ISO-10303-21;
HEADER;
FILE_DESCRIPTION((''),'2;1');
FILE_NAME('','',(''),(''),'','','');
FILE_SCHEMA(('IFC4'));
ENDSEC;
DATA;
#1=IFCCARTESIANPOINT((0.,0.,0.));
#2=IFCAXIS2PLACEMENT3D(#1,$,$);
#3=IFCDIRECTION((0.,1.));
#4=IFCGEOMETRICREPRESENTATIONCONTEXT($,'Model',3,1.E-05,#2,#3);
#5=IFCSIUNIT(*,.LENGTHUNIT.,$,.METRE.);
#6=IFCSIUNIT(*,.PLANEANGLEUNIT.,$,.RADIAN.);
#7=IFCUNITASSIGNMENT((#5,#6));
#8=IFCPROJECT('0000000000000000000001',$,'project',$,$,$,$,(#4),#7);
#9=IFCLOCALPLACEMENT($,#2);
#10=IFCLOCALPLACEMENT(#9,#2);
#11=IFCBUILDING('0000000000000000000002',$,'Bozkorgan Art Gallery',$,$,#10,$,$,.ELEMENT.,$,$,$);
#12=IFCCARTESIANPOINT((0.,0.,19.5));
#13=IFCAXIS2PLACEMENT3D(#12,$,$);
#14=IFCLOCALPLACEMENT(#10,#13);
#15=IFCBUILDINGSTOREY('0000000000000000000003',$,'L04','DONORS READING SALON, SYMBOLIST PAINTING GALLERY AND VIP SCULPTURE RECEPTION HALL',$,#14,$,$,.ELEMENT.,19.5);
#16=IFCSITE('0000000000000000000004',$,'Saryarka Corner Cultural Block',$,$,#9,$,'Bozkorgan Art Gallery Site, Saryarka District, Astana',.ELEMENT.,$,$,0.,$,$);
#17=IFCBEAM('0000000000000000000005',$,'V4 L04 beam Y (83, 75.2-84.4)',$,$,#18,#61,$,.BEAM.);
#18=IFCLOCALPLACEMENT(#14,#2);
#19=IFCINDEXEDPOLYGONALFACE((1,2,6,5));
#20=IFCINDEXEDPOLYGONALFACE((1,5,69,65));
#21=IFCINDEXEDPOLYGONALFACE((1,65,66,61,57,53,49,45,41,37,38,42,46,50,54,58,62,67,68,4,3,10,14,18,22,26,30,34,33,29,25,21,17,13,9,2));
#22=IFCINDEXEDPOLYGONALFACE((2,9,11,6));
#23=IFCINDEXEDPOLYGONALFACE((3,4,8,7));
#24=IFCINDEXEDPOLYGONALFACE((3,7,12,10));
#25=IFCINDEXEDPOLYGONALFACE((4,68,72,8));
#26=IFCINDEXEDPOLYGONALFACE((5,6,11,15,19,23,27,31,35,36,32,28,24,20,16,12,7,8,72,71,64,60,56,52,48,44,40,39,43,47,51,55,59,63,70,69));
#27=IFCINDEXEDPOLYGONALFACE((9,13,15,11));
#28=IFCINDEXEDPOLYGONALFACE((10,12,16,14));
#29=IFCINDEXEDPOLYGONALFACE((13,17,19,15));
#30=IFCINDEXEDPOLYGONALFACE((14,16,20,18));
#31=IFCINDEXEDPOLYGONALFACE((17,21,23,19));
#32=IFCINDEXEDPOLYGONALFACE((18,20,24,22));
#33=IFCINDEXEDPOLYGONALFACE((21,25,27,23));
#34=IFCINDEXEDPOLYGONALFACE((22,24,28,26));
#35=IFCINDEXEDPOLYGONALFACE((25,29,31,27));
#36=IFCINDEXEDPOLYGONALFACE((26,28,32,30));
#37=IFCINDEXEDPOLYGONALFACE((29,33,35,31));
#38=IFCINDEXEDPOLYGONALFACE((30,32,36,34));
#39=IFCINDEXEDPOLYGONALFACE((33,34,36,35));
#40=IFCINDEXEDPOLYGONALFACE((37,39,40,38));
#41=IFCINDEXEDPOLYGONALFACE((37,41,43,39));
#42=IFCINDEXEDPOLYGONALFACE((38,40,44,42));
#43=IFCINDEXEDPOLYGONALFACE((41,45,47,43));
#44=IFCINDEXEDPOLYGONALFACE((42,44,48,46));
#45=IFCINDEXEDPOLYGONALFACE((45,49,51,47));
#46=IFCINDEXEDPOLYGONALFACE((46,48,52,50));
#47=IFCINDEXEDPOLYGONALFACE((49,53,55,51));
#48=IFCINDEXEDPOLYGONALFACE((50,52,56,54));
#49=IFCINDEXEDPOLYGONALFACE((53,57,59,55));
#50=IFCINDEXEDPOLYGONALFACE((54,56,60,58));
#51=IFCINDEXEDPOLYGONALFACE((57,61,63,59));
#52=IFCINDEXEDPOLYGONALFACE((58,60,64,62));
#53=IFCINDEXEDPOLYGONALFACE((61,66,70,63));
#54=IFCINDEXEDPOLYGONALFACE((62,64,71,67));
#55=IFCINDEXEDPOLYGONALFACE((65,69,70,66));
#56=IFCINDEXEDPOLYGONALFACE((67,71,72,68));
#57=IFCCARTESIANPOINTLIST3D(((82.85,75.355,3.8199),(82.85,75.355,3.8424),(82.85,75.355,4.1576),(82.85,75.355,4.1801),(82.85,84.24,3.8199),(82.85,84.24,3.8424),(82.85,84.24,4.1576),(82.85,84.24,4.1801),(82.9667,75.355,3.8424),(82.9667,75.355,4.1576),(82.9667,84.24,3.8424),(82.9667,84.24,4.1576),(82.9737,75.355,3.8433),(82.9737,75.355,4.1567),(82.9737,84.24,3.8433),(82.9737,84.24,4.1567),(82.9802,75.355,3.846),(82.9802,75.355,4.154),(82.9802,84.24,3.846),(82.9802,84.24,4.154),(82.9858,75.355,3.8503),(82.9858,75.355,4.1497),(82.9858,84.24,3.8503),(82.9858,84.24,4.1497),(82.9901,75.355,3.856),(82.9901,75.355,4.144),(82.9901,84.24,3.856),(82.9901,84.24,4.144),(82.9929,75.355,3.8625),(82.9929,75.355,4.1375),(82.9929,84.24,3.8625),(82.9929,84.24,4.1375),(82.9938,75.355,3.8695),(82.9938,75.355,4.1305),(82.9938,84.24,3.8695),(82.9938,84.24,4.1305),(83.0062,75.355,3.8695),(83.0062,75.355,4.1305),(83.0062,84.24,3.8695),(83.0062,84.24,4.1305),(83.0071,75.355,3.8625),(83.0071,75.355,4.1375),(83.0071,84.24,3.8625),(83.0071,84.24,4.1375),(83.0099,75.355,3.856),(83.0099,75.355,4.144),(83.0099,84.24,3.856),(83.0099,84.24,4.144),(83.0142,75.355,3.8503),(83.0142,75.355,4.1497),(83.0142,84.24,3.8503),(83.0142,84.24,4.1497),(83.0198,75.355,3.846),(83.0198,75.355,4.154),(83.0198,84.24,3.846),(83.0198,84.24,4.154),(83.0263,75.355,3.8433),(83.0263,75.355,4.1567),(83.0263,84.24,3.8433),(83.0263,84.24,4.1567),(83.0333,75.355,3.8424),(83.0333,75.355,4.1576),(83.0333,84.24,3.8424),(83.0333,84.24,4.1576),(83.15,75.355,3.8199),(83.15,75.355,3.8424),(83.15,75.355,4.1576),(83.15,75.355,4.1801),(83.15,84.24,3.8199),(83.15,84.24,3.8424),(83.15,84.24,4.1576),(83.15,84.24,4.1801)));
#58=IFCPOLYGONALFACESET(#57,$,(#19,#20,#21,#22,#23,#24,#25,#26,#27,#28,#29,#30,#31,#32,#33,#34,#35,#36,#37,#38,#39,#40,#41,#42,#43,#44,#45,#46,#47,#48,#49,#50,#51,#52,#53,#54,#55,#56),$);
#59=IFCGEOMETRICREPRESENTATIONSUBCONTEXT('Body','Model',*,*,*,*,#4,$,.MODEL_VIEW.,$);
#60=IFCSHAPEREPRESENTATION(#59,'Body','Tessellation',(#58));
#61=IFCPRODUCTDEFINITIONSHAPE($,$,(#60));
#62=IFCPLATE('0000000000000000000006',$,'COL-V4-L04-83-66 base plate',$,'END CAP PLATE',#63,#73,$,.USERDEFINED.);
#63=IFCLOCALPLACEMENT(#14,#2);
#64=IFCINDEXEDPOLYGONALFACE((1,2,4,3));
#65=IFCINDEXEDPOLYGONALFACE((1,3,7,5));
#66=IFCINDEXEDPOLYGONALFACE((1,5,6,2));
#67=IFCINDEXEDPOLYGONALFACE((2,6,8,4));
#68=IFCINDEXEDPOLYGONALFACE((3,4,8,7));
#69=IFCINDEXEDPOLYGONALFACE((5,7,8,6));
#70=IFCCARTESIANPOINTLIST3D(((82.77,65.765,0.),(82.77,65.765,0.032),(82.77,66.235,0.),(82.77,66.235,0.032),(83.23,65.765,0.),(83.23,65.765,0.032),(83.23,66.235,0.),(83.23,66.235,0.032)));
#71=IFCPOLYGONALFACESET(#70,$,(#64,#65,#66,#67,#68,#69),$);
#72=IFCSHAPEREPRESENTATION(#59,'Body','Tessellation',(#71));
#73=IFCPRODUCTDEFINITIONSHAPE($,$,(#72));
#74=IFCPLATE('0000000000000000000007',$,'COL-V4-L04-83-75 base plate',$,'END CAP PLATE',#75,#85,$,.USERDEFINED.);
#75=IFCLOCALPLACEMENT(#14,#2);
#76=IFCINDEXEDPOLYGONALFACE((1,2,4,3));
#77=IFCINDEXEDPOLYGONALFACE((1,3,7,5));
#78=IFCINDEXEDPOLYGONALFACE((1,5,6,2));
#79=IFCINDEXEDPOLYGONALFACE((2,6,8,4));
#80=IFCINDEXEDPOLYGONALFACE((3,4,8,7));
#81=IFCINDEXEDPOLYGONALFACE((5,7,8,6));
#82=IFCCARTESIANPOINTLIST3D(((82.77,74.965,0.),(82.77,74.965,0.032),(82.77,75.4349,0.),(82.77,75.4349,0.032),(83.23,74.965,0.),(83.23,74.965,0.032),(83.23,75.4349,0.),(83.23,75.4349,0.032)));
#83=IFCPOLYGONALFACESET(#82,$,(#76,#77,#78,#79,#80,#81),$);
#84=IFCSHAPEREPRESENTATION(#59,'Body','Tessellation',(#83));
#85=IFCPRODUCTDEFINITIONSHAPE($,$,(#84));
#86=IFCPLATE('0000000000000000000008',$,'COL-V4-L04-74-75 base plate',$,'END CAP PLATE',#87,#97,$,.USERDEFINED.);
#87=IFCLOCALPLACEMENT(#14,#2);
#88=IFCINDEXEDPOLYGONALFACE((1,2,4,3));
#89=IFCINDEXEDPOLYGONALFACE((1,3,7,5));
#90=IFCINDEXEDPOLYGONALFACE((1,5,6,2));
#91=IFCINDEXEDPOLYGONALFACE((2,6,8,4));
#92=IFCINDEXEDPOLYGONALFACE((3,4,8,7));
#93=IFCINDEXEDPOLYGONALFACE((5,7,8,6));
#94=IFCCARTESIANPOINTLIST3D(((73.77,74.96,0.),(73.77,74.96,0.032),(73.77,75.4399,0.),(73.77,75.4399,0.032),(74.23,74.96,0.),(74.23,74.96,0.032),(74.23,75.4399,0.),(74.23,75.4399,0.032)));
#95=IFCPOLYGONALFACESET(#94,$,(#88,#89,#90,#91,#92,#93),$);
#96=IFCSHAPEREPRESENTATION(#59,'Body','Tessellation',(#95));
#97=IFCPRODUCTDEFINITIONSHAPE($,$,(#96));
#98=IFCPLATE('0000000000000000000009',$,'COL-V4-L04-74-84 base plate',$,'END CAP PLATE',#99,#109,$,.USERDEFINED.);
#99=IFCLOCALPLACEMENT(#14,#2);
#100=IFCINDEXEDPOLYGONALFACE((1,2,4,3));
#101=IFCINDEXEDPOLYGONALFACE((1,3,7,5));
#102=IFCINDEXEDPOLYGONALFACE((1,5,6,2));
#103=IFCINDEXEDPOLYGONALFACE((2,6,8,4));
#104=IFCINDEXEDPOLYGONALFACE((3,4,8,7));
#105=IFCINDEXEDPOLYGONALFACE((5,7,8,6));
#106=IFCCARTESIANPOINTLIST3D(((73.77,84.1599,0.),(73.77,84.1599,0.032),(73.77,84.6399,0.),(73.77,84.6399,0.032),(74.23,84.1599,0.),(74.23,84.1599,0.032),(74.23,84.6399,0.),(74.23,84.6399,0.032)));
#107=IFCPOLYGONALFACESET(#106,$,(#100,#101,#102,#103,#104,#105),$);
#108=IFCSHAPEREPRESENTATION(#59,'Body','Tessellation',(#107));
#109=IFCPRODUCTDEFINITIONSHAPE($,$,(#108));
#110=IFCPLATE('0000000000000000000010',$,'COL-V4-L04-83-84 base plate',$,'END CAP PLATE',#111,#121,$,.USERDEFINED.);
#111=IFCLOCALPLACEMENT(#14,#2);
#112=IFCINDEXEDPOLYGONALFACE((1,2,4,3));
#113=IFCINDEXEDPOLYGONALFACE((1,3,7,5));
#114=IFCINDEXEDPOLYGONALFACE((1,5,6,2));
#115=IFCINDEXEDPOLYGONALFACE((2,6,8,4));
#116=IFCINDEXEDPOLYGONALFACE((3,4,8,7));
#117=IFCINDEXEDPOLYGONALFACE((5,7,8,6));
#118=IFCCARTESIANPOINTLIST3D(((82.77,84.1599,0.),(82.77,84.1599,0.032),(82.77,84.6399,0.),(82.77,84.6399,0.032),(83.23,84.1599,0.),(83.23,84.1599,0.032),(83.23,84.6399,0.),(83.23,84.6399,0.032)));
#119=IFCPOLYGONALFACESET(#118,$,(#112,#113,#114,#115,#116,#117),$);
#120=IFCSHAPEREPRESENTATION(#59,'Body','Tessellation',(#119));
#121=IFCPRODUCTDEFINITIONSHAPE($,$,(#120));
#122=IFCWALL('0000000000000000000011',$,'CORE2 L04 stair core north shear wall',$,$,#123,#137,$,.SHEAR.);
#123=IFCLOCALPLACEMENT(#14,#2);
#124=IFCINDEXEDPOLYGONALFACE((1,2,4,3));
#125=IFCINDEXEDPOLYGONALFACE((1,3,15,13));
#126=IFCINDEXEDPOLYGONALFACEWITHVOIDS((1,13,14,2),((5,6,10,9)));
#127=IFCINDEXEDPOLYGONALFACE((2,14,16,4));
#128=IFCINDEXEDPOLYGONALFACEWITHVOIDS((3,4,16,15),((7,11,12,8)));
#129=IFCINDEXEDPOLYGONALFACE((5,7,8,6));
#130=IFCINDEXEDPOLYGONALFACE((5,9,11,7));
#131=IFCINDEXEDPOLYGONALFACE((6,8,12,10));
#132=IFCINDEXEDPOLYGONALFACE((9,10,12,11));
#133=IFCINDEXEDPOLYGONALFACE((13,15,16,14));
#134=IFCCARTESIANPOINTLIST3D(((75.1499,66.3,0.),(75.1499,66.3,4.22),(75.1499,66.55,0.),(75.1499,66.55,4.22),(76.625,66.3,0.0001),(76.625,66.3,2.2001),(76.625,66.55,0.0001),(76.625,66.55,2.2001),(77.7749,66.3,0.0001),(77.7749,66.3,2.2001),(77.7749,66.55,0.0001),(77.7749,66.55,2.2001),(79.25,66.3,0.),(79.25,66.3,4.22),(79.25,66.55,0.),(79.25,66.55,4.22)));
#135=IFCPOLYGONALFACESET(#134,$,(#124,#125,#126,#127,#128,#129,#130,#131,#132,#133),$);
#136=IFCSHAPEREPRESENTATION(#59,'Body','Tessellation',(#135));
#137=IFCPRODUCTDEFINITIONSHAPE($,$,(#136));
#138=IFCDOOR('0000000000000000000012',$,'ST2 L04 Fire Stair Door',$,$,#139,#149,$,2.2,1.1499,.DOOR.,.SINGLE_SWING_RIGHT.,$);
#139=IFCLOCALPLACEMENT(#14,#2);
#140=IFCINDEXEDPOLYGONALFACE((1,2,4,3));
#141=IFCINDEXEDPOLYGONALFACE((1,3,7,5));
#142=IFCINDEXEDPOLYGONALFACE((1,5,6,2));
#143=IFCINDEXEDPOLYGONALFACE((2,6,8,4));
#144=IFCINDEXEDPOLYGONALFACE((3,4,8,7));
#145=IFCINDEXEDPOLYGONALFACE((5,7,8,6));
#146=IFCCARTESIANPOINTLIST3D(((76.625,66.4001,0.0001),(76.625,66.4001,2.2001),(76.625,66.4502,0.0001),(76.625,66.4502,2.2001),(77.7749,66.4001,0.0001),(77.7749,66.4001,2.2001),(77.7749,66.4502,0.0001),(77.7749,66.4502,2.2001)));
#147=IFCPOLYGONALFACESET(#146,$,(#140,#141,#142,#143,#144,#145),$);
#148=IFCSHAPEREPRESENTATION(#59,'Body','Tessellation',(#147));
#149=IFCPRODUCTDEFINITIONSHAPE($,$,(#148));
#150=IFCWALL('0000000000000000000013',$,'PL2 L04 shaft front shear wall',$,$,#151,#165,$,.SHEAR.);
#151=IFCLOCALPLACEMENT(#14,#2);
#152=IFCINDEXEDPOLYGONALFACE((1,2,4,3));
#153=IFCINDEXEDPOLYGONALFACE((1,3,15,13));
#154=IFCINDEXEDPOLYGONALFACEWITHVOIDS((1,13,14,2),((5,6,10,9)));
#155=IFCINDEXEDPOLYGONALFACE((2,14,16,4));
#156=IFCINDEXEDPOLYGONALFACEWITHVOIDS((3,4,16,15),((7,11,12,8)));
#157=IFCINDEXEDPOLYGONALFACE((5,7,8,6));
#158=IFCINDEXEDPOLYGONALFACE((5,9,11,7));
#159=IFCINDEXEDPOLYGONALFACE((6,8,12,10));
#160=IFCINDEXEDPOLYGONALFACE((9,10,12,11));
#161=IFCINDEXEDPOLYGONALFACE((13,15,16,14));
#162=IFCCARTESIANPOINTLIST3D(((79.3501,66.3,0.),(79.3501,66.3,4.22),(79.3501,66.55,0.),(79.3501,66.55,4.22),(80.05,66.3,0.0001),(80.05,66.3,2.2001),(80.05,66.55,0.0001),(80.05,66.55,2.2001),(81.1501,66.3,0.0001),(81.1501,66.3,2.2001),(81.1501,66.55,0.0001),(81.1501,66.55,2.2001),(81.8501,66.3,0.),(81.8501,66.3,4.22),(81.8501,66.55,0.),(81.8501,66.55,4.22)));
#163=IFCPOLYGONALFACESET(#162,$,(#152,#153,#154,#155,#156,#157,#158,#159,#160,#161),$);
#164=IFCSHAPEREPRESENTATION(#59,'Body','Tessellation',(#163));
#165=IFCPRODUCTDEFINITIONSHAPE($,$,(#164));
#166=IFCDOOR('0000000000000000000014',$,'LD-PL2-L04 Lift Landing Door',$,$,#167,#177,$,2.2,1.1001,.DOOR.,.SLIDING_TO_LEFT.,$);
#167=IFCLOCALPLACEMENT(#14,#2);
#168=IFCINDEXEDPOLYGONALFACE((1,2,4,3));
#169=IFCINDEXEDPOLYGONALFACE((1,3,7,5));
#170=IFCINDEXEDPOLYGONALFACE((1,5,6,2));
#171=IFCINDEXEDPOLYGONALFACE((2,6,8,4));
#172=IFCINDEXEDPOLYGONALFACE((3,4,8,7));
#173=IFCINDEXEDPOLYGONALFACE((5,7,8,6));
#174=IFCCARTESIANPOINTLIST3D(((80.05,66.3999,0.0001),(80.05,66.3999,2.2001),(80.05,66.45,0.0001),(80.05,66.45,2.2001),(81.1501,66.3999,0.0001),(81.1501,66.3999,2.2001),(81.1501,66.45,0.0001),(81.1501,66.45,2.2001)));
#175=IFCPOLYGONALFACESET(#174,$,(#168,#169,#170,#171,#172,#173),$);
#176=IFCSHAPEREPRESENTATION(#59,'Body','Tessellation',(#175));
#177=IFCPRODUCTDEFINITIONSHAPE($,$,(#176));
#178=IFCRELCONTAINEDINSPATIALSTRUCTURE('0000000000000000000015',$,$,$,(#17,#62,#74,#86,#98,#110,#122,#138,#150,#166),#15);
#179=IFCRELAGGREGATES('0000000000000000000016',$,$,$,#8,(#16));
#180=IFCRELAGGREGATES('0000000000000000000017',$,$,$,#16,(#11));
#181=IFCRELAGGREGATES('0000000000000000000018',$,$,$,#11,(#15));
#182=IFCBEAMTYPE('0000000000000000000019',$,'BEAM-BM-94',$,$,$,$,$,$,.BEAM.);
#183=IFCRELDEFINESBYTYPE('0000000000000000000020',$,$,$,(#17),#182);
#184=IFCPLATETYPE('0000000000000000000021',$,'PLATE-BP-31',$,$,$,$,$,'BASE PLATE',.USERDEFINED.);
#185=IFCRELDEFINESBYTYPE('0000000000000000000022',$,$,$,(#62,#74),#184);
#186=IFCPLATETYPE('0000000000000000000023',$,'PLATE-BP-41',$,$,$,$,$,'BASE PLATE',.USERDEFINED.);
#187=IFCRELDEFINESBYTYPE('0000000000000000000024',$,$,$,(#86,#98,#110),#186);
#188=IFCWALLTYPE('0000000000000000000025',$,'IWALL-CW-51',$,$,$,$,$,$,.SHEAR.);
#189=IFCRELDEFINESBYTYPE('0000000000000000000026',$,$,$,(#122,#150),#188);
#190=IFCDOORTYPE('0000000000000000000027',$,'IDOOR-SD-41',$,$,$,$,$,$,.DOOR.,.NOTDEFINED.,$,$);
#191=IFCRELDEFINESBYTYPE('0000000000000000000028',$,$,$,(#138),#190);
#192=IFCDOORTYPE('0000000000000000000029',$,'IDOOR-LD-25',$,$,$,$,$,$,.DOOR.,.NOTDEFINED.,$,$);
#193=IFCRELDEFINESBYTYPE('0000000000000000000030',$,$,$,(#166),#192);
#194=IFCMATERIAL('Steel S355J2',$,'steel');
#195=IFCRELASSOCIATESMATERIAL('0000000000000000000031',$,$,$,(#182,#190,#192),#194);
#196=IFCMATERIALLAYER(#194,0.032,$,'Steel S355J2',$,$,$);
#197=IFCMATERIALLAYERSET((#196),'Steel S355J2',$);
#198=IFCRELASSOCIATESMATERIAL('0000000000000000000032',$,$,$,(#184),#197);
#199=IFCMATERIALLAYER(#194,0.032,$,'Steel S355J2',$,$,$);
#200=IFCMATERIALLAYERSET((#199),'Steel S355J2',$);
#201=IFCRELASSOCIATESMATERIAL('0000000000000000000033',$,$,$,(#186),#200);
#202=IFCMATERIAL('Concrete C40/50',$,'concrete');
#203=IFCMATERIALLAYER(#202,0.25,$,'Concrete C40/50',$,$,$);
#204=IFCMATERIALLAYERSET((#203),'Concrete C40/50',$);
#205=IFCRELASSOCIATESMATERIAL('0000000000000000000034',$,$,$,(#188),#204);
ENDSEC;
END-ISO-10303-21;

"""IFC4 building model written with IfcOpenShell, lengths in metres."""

from ifc_helpers import new_model, si_unit, direction, frame, frame_2d, origin, origin_2d, place, context, subcontext, project, spatial, rectangle, i_section, extrude, material, layer, layer_set, material_profile, profile_set, type_object, element, fill, save


model = new_model("IFC4")

# Units and contexts
model_context = context("Model", 3, precision=1e-05, world=origin(), true_north=direction((0.0, 1.0)))
body_context = subcontext(model_context, "Body", "Model", "MODEL_VIEW")
ifc_project = project(units=[si_unit("LENGTHUNIT", "METRE"), si_unit("PLANEANGLEUNIT", "RADIAN")], contexts=[model_context])

# Site, building, storey
site_placement = place(None, origin())
site = spatial("IfcSite", under=ifc_project, at=site_placement, Name="Saryarka Corner Cultural Block", LongName="Bozkorgan Art Gallery Site, Saryarka District, Astana", CompositionType="ELEMENT", RefElevation=0.0)
building_placement = place(site_placement, origin())
building = spatial("IfcBuilding", under=site, at=building_placement, Name="Bozkorgan Art Gallery", CompositionType="ELEMENT")
storey_placement = place(building_placement, frame((0.0, 0.0, 19.5)))
storey = spatial("IfcBuildingStorey", under=building, at=storey_placement, Name="L04", Description="DONORS READING SALON, SYMBOLIST PAINTING GALLERY AND VIP SCULPTURE RECEPTION HALL", CompositionType="ELEMENT", Elevation=19.5)

# Shared definitions
ifc_material_1 = material(Name="Steel S355J2", Category="steel")

# Beam
ifc_material_profile_1 = material_profile(ifc_material_1, i_section(OverallWidth=0.3, OverallDepth=0.3601, WebThickness=0.0125, FlangeThickness=0.0225, FilletRadius=0.0271, at=origin_2d()), Name="HEB 360")
ifc_profile_set_1 = profile_set([ifc_material_profile_1], Name="Steel S355J2")
beam_type = type_object("IfcBeamType", Name="BEAM-BM-94", PredefinedType="BEAM", material=ifc_profile_set_1)
beam_1_placement = place(storey_placement, frame((83.0, 75.355, 4.0), z_axis=(0.0, 1.0, 0.0), x_axis=(-1.0, 0.0, 0.0)))
element("IfcBeam", 1, at=beam_1_placement, inside=storey, type_object=beam_type, Name="V4 L04 beam Y (83, 75.2-84.4)", PredefinedType="BEAM", context=body_context, shape_type="SweptSolid", body=[
    extrude(i_section(OverallWidth=0.3, OverallDepth=0.3601, WebThickness=0.0125, FlangeThickness=0.0225, FilletRadius=0.0271, at=origin_2d()), origin(), (0.0, 0.0, 1.0), 8.885),
])

# Plates
ifc_layer_1 = layer(ifc_material_1, 0.032, Name="Steel S355J2")
ifc_layer_set_1 = layer_set([ifc_layer_1], Name="Steel S355J2")
plate_type_1 = type_object("IfcPlateType", Name="PLATE-BP-31", ElementType="BASE PLATE", PredefinedType="USERDEFINED", material=ifc_layer_set_1)
for number, where, z_axis, x_axis, name in (
    (2, (83.0, 66.0, 0.0), (0.0, 0.0, 1.0), (1.0, 0.0, 0.0), "COL-V4-L04-83-66 base plate"),
    (3, (83.0, 75.2, 0.0), (0.0, 0.0, 1.0), (1.0, 0.0, 0.0), "COL-V4-L04-83-75 base plate"),
):
    element("IfcPlate", number, at=place(storey_placement, frame(where, z_axis=z_axis, x_axis=x_axis)), inside=storey, type_object=plate_type_1, Name=name, ObjectType="END CAP PLATE", PredefinedType="USERDEFINED", context=body_context, shape_type="SweptSolid", body=[
        extrude(rectangle(XDim=0.46, YDim=0.47, at=origin_2d()), origin(), (0.0, 0.0, 1.0), 0.032),
    ])
ifc_layer_2 = layer(ifc_material_1, 0.032, Name="Steel S355J2")
ifc_layer_set_2 = layer_set([ifc_layer_2], Name="Steel S355J2")
plate_type_2 = type_object("IfcPlateType", Name="PLATE-BP-41", ElementType="BASE PLATE", PredefinedType="USERDEFINED", material=ifc_layer_set_2)
for number, where, z_axis, x_axis, name in (
    (4, (74.0, 75.2, 0.0), (0.0, 0.0, 1.0), (1.0, 0.0, 0.0), "COL-V4-L04-74-75 base plate"),
    (5, (74.0, 84.3999, 0.0), (0.0, 0.0, 1.0), (1.0, 0.0, 0.0), "COL-V4-L04-74-84 base plate"),
    (6, (83.0, 84.3999, 0.0), (0.0, 0.0, 1.0), (1.0, 0.0, 0.0), "COL-V4-L04-83-84 base plate"),
):
    element("IfcPlate", number, at=place(storey_placement, frame(where, z_axis=z_axis, x_axis=x_axis)), inside=storey, type_object=plate_type_2, Name=name, ObjectType="END CAP PLATE", PredefinedType="USERDEFINED", context=body_context, shape_type="SweptSolid", body=[
        extrude(rectangle(XDim=0.46, YDim=0.48, at=origin_2d()), origin(), (0.0, 0.0, 1.0), 0.032),
    ])

# Walls, openings, doors
ifc_material_2 = material(Name="Concrete C40/50", Category="concrete")
ifc_layer_3 = layer(ifc_material_2, 0.25, Name="Concrete C40/50")
ifc_layer_set_3 = layer_set([ifc_layer_3], Name="Concrete C40/50")
wall_type_1 = type_object("IfcWallType", Name="IWALL-CW-51", PredefinedType="SHEAR", material=ifc_layer_set_3)
wall_1_placement = place(storey_placement, frame((75.1499, 66.425, 0.0), z_axis=(0.0, 0.0, 1.0), x_axis=(1.0, 0.0, 0.0)))
wall_1 = element("IfcWall", 7, at=wall_1_placement, inside=storey, type_object=wall_type_1, Name="CORE2 L04 stair core north shear wall", PredefinedType="SHEAR", context=body_context, shape_type="SweptSolid", body=[
    extrude(rectangle(XDim=4.1001, YDim=0.25, at=frame_2d((2.05, 0.0))), origin(), (0.0, 0.0, 1.0), 4.22),
])
opening_1_placement = place(wall_1_placement, frame((2.625, 0.0, 0.0), z_axis=(0.0, 0.0, 1.0), x_axis=(-1.0, 0.0, 0.0)))
opening_1 = element("IfcOpeningElement", 8, at=opening_1_placement, cuts=wall_1, PredefinedType="OPENING", context=body_context, shape_type="SweptSolid", body=[
    extrude(rectangle(XDim=1.1499, YDim=2.2, at=frame_2d((0.575, 1.1001))), frame((0.0, 0.135, 0.0), z_axis=(0.0, -1.0, 0.0), x_axis=(1.0, 0.0, 0.0)), (0.0, 0.0, 1.0), 0.27),
])
door_type_1 = type_object("IfcDoorType", Name="IDOOR-SD-41", OperationType="NOTDEFINED", PredefinedType="DOOR", material=ifc_material_1)
door_1_placement = place(opening_1_placement, origin())
door_1 = element("IfcDoor", 9, at=door_1_placement, inside=storey, type_object=door_type_1, Name="ST2 L04 Fire Stair Door", OperationType="SINGLE_SWING_RIGHT", OverallHeight=2.2, OverallWidth=1.1499, PredefinedType="DOOR", context=body_context, shape_type="SweptSolid", body=[
    extrude(rectangle(XDim=1.1499, YDim=2.2, at=frame_2d((0.575, 1.1001))), frame((0.0, 0.0249, 0.0), z_axis=(0.0, -1.0, 0.0), x_axis=(1.0, 0.0, 0.0)), (0.0, 0.0, 1.0), 0.05),
])
fill(opening_1, door_1)
wall_2_placement = place(storey_placement, frame((79.3501, 66.425, 0.0), z_axis=(0.0, 0.0, 1.0), x_axis=(1.0, 0.0, 0.0)))
wall_2 = element("IfcWall", 10, at=wall_2_placement, inside=storey, type_object=wall_type_1, Name="PL2 L04 shaft front shear wall", PredefinedType="SHEAR", context=body_context, shape_type="SweptSolid", body=[
    extrude(rectangle(XDim=2.5, YDim=0.25, at=frame_2d((1.25, 0.0))), origin(), (0.0, 0.0, 1.0), 4.22),
])
opening_2_placement = place(wall_2_placement, frame((0.7, 0.0, 0.0)))
opening_2 = element("IfcOpeningElement", 11, at=opening_2_placement, cuts=wall_2, PredefinedType="OPENING", context=body_context, shape_type="SweptSolid", body=[
    extrude(rectangle(XDim=1.1001, YDim=2.2, at=frame_2d((0.55, 1.1001))), frame((0.0, 0.135, 0.0), z_axis=(0.0, -1.0, 0.0), x_axis=(1.0, 0.0, 0.0)), (0.0, 0.0, 1.0), 0.27),
])
door_type_2 = type_object("IfcDoorType", Name="IDOOR-LD-25", OperationType="NOTDEFINED", PredefinedType="DOOR", material=ifc_material_1)
door_2_placement = place(opening_2_placement, origin())
door_2 = element("IfcDoor", 12, at=door_2_placement, inside=storey, type_object=door_type_2, Name="LD-PL2-L04 Lift Landing Door", OperationType="SLIDING_TO_LEFT", OverallHeight=2.2, OverallWidth=1.1001, PredefinedType="DOOR", context=body_context, shape_type="SweptSolid", body=[
    extrude(rectangle(XDim=1.1001, YDim=2.2, at=frame_2d((0.55, 1.1001))), frame((0.0, 0.0249, 0.0), z_axis=(0.0, -1.0, 0.0), x_axis=(1.0, 0.0, 0.0)), (0.0, 0.0, 1.0), 0.05),
])
fill(opening_2, door_2)

save(model, "model.ifc")
